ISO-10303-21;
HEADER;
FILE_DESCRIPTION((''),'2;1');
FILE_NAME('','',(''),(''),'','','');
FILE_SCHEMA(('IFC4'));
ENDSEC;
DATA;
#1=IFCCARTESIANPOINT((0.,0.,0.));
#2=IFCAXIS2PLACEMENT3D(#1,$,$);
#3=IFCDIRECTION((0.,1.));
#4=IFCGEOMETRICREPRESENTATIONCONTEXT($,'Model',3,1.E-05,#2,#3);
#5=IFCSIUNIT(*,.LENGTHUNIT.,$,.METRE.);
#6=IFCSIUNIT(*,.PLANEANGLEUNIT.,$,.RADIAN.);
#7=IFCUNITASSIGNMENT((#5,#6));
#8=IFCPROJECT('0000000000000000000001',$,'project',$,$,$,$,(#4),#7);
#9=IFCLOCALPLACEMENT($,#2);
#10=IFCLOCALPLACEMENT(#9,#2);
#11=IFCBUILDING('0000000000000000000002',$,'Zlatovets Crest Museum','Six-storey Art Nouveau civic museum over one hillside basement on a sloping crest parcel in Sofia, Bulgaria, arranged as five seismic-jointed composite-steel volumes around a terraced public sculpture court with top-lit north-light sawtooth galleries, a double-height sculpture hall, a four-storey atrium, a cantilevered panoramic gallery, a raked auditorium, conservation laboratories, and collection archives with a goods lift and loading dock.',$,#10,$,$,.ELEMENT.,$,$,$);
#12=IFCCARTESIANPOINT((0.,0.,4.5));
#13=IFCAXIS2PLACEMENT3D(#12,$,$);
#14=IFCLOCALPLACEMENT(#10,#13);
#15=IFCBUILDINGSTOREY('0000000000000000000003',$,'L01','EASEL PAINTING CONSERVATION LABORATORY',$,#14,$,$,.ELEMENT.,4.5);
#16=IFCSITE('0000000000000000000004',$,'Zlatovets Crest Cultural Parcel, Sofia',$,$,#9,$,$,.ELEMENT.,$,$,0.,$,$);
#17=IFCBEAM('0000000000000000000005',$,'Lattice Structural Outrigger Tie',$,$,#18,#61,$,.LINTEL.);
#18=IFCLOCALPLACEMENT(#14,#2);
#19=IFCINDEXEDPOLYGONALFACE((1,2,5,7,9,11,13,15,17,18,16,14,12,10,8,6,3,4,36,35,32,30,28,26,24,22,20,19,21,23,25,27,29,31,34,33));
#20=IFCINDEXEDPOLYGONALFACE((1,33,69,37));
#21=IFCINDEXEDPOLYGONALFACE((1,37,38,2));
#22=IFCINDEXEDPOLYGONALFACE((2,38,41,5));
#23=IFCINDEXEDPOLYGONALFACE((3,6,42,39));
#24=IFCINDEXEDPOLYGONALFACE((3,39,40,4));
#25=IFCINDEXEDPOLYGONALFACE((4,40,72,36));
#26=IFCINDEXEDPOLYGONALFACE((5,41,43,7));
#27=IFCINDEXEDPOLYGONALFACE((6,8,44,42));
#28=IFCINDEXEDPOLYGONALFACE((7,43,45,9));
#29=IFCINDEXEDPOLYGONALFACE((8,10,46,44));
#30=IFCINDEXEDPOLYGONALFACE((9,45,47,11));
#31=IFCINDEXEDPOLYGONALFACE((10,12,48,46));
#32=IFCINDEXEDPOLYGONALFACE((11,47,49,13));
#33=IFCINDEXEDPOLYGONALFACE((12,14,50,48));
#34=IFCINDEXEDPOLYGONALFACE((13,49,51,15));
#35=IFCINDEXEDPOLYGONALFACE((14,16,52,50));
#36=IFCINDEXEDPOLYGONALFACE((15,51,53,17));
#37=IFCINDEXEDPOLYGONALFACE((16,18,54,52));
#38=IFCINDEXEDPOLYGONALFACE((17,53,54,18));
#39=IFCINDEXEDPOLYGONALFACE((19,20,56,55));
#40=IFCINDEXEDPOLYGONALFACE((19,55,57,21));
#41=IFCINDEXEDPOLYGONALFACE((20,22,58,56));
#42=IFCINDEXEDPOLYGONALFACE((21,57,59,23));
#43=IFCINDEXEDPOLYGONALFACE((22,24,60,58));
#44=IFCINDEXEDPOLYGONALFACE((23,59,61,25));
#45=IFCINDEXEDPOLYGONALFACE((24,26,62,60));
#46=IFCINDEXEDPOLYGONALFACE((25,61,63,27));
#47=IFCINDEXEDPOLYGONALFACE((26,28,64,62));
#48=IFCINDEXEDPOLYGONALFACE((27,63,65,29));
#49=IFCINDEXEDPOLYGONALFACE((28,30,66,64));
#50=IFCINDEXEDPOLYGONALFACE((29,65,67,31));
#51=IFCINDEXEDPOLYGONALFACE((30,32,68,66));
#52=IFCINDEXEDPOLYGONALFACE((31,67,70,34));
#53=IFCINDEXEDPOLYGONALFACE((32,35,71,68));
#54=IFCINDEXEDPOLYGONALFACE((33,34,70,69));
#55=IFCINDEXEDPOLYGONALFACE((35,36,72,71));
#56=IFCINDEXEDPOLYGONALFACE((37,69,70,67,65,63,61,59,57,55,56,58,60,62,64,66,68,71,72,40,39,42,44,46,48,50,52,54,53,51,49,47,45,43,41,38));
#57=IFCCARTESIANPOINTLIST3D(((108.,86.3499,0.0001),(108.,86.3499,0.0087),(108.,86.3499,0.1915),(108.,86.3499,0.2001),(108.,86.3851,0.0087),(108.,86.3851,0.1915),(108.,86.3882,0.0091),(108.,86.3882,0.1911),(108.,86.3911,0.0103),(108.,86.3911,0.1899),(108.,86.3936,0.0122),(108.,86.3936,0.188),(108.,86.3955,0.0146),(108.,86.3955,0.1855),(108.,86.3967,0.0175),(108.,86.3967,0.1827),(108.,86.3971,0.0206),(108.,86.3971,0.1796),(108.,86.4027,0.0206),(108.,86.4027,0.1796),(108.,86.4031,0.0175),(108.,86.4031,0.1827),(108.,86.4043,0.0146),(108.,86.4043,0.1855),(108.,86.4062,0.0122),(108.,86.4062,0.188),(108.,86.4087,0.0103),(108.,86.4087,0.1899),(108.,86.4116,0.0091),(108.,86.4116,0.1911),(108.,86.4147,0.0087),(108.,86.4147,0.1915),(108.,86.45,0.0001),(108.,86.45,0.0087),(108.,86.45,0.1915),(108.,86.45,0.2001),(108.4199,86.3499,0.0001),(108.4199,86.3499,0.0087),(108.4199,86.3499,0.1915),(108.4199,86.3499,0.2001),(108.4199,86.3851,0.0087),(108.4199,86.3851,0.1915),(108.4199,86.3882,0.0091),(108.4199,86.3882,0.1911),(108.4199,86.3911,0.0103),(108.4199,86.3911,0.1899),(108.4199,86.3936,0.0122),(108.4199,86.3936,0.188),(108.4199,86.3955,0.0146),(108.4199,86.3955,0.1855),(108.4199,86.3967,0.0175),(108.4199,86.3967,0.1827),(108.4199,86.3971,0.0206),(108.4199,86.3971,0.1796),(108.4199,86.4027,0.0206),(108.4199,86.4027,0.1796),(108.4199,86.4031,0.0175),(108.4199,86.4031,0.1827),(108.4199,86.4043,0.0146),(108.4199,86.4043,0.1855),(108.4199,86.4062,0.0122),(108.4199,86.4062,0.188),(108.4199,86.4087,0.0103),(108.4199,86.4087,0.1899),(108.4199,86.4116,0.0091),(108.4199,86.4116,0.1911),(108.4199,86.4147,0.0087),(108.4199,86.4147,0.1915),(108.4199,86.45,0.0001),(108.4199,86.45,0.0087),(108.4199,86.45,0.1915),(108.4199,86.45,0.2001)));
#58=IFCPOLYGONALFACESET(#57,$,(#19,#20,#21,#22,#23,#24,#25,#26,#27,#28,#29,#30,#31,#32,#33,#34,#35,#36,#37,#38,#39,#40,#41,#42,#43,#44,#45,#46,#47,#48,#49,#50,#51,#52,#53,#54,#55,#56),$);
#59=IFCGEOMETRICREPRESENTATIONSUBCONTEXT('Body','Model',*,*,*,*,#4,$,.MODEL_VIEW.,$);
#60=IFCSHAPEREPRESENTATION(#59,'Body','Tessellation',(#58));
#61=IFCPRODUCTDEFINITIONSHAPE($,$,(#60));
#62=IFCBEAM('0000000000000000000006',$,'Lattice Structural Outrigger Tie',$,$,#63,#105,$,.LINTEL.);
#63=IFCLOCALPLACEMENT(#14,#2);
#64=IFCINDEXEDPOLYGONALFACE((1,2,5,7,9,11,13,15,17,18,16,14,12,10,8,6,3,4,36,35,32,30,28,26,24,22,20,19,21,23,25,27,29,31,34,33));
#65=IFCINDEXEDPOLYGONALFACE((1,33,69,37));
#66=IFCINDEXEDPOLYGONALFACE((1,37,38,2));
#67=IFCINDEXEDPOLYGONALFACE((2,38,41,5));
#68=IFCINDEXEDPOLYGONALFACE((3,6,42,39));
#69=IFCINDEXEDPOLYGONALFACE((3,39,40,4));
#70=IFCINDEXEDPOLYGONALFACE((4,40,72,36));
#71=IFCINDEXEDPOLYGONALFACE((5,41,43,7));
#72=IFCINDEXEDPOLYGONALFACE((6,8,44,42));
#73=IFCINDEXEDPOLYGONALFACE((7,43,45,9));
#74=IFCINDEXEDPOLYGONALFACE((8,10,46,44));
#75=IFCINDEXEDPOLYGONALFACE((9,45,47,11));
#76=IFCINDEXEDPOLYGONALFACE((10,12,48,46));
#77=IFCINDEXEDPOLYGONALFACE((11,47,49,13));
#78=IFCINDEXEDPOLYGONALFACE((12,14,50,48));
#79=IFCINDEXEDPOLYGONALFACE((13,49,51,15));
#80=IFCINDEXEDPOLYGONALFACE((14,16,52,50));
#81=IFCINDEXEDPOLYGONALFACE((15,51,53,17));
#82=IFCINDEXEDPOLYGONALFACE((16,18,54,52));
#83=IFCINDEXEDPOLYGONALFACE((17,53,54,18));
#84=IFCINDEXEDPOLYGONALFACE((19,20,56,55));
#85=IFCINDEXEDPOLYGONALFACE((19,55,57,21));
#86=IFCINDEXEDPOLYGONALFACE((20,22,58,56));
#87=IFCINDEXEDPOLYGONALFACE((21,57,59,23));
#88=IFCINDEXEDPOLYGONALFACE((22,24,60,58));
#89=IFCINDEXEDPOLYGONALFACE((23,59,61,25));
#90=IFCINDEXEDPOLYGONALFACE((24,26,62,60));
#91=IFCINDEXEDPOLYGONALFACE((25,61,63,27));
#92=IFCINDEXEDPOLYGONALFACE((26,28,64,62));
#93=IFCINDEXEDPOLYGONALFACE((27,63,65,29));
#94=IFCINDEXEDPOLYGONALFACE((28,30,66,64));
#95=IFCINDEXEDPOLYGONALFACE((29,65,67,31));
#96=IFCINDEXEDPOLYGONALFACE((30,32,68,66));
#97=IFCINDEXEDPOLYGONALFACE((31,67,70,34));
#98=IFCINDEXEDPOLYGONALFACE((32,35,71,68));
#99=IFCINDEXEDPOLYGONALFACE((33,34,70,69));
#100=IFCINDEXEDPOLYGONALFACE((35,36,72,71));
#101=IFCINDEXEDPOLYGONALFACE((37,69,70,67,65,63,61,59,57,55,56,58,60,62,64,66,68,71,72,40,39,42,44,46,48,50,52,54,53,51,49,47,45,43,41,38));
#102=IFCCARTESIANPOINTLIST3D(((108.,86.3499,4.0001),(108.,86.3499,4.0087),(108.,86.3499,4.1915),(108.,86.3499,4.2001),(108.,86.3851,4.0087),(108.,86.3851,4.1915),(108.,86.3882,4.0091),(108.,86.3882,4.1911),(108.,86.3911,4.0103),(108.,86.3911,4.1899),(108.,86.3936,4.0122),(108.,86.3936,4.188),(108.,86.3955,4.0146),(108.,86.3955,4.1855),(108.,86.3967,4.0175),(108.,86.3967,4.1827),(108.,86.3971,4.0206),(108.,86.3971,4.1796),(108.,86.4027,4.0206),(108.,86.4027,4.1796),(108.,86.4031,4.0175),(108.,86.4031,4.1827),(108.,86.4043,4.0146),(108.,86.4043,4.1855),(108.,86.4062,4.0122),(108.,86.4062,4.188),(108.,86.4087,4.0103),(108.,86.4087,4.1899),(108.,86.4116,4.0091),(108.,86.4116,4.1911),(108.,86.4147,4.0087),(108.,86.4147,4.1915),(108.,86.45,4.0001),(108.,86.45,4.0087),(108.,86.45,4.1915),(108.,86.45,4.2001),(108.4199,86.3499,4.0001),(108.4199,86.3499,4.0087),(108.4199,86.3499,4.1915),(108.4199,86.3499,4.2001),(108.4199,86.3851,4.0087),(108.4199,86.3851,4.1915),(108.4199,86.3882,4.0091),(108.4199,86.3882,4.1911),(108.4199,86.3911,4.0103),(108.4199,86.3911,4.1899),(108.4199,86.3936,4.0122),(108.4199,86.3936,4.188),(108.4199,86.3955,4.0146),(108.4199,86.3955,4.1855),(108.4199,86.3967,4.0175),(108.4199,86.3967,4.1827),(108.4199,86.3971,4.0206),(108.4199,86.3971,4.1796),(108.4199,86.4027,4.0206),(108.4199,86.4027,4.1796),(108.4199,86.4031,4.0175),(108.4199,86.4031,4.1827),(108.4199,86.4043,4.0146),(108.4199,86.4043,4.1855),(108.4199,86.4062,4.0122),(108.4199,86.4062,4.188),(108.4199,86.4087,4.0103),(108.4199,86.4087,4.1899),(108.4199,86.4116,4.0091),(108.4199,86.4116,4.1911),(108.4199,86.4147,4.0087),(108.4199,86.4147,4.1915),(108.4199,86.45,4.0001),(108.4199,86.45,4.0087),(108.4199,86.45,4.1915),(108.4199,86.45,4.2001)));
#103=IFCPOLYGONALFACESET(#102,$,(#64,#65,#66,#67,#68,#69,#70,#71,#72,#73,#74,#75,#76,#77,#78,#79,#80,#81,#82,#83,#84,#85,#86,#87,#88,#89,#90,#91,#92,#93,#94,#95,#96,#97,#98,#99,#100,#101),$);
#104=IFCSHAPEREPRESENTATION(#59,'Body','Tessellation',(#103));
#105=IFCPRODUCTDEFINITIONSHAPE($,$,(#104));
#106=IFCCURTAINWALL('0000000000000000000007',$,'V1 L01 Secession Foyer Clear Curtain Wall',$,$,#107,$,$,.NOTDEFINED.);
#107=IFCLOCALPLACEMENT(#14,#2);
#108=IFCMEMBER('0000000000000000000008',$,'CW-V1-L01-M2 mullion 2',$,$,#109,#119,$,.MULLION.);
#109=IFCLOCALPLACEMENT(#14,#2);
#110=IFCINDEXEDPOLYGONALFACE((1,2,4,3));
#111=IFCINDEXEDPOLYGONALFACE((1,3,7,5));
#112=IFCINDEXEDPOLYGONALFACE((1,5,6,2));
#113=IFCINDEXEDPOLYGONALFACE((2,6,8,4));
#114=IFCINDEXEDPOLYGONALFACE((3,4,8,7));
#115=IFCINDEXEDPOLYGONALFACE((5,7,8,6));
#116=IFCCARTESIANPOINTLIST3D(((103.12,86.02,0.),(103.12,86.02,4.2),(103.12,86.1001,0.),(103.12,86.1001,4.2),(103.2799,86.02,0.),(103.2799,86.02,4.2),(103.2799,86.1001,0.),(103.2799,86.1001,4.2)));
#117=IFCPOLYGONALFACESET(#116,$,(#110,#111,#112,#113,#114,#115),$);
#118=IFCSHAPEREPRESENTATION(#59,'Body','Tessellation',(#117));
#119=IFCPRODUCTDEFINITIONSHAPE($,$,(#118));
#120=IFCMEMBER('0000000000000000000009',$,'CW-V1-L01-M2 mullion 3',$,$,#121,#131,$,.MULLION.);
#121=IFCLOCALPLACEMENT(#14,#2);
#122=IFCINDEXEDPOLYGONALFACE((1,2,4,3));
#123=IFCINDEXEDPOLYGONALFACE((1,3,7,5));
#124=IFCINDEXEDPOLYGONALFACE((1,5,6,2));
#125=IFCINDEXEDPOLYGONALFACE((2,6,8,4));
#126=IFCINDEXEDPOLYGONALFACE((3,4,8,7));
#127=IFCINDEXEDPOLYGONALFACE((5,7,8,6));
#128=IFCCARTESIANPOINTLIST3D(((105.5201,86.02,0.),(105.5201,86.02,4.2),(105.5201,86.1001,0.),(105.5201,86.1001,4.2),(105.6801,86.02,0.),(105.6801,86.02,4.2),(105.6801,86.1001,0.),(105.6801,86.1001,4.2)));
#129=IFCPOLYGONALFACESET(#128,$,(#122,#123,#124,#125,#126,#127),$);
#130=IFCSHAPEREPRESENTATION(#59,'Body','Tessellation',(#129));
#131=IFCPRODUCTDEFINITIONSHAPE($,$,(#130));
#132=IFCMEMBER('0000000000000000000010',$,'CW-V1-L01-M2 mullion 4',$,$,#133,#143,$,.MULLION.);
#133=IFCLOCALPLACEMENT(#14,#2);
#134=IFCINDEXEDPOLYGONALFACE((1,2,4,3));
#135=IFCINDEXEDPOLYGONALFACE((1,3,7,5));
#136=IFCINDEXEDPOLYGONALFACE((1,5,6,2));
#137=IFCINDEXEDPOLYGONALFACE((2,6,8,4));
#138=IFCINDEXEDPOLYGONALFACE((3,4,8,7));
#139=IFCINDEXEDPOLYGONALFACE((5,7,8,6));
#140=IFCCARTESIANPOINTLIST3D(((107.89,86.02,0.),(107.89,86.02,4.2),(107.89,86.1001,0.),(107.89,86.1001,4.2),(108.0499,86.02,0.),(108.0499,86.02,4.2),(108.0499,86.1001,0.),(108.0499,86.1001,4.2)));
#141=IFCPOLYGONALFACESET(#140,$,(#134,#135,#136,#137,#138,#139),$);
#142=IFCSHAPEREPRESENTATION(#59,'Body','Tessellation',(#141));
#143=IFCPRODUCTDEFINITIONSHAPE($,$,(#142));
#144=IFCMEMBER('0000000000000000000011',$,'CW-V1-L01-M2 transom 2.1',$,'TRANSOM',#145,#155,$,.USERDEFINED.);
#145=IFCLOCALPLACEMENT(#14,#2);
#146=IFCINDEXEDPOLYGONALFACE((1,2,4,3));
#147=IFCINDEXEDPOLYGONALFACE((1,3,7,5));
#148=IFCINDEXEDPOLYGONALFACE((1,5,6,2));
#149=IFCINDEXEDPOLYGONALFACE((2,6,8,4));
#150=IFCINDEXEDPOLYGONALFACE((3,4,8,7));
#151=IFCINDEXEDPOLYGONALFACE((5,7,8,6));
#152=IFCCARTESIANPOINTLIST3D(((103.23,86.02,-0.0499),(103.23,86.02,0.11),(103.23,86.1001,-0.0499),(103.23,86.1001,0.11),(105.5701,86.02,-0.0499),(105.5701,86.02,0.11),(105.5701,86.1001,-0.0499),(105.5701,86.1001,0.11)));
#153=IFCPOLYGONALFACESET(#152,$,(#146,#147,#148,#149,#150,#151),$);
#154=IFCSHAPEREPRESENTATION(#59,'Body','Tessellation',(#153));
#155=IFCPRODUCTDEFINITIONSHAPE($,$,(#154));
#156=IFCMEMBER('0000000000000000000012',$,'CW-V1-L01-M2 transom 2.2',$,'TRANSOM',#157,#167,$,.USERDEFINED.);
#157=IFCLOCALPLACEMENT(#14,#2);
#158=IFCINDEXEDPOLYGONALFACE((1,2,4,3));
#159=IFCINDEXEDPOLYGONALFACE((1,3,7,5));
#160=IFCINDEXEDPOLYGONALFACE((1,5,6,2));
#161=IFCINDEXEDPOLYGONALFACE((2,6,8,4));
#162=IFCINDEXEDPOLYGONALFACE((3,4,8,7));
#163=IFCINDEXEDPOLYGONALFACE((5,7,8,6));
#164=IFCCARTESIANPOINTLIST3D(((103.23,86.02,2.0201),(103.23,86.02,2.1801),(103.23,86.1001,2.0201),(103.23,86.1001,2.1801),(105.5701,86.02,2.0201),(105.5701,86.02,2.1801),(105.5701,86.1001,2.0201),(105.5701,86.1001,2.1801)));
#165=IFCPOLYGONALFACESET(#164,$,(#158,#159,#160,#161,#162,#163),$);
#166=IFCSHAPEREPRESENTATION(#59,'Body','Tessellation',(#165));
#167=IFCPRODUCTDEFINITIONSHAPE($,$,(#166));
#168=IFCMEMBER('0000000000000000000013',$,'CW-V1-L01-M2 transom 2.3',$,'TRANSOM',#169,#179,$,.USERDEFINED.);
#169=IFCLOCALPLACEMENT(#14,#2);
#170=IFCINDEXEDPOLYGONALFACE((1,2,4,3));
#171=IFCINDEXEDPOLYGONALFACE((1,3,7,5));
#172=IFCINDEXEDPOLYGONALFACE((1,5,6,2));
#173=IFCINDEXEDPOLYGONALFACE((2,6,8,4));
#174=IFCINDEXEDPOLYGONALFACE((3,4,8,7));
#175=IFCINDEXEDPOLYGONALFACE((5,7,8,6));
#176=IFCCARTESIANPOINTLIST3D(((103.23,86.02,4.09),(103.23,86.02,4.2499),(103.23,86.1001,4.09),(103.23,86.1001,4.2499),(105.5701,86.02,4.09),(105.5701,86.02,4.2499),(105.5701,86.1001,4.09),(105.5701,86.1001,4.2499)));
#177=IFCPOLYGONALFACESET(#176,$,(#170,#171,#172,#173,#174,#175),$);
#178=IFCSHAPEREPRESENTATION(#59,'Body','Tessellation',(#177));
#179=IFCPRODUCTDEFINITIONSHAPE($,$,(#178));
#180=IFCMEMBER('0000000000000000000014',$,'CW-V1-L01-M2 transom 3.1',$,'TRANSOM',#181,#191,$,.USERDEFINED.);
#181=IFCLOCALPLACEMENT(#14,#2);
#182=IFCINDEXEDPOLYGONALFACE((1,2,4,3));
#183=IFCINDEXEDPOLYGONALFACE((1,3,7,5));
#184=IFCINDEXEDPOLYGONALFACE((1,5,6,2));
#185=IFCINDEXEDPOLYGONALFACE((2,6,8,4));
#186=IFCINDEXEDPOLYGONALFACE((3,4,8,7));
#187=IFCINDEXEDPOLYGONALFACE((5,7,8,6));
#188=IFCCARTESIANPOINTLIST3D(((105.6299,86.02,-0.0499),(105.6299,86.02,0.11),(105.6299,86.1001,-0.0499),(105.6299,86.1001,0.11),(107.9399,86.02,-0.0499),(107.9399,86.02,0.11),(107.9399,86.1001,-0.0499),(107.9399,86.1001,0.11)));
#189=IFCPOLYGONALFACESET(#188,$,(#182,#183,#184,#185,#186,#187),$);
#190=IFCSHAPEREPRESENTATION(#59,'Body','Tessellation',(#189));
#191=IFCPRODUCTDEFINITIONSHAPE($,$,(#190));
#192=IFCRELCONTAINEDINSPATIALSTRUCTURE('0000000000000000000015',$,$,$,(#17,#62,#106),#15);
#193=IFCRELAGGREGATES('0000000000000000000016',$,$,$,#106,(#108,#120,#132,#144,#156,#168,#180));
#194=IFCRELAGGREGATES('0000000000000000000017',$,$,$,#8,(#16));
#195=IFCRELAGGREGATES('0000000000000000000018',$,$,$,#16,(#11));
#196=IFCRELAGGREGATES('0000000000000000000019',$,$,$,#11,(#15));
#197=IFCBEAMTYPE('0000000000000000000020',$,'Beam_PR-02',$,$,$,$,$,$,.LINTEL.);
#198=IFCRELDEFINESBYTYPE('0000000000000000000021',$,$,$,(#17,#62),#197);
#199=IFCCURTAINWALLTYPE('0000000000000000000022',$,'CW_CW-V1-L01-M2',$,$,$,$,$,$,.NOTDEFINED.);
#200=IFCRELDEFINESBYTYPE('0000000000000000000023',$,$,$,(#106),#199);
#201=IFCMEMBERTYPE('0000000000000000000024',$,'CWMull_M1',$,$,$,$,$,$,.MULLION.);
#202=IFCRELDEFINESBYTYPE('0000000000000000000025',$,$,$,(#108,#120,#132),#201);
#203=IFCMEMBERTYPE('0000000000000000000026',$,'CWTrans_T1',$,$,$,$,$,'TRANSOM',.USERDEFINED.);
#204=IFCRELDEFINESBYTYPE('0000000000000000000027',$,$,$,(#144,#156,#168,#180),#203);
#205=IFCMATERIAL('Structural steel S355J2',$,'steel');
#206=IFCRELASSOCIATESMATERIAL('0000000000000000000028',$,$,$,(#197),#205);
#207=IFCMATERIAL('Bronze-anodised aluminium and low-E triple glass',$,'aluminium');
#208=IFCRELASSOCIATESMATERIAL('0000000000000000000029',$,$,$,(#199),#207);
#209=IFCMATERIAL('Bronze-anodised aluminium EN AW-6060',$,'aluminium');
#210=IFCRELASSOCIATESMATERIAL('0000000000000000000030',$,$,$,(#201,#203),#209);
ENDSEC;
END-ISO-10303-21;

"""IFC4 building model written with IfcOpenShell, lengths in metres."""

from ifc_helpers import new_model, si_unit, direction, frame, origin, origin_2d, place, context, subcontext, project, spatial, rectangle, i_section, extrude, material, material_profile, profile_set, type_object, element, aggregate, save


model = new_model("IFC4")

# Units and contexts
model_context = context("Model", 3, precision=1e-05, world=origin(), true_north=direction((0.0, 1.0)))
body_context = subcontext(model_context, "Body", "Model", "MODEL_VIEW")
ifc_project = project(units=[si_unit("LENGTHUNIT", "METRE"), si_unit("PLANEANGLEUNIT", "RADIAN")], contexts=[model_context])

# Site, building, storey
site_placement = place(None, origin())
site = spatial("IfcSite", under=ifc_project, at=site_placement, Name="Zlatovets Crest Cultural Parcel, Sofia", CompositionType="ELEMENT", RefElevation=0.0)
building_placement = place(site_placement, origin())
building = spatial("IfcBuilding", under=site, at=building_placement, Name="Zlatovets Crest Museum", Description="Six-storey Art Nouveau civic museum over one hillside basement on a sloping crest parcel in Sofia, Bulgaria, arranged as five seismic-jointed composite-steel volumes around a terraced public sculpture court with top-lit north-light sawtooth galleries, a double-height sculpture hall, a four-storey atrium, a cantilevered panoramic gallery, a raked auditorium, conservation laboratories, and collection archives with a goods lift and loading dock.", CompositionType="ELEMENT")
storey_placement = place(building_placement, frame((0.0, 0.0, 4.5)))
storey = spatial("IfcBuildingStorey", under=building, at=storey_placement, Name="L01", Description="EASEL PAINTING CONSERVATION LABORATORY", CompositionType="ELEMENT", Elevation=4.5)

# Shared definitions
ifc_material_1 = material(Name="Structural steel S355J2", Category="steel")

# Beams
ifc_material_profile_1 = material_profile(ifc_material_1, i_section(OverallWidth=0.1001, OverallDepth=0.2, WebThickness=0.0056, FlangeThickness=0.0085, FilletRadius=0.012, at=origin_2d()), Name="IPE 200")
ifc_profile_set_1 = profile_set([ifc_material_profile_1], Name="Structural steel S355J2")
beam_type_1 = type_object("IfcBeamType", Name="Beam_PR-02", PredefinedType="LINTEL", material=ifc_profile_set_1)
for number, where, z_axis, x_axis, name in (
    (1, (108.0, 86.3999, 0.1001), (1.0, 0.0, 0.0), (0.0, 1.0, 0.0), "Lattice Structural Outrigger Tie"),
    (2, (108.0, 86.3999, 4.1001), (1.0, 0.0, 0.0), (0.0, 1.0, 0.0), "Lattice Structural Outrigger Tie"),
):
    element("IfcBeam", number, at=place(storey_placement, frame(where, z_axis=z_axis, x_axis=x_axis)), inside=storey, type_object=beam_type_1, Name=name, PredefinedType="LINTEL", context=body_context, shape_type="SweptSolid", body=[
        extrude(i_section(OverallWidth=0.1001, OverallDepth=0.2, WebThickness=0.0056, FlangeThickness=0.0085, FilletRadius=0.012, at=origin_2d()), origin(), (0.0, 0.0, 1.0), 0.4199),
    ])

# Curtain wall, members
ifc_material_2 = material(Name="Bronze-anodised aluminium and low-E triple glass", Category="aluminium")
curtain_wall_type = type_object("IfcCurtainWallType", Name="CW_CW-V1-L01-M2", PredefinedType="NOTDEFINED", material=ifc_material_2)
curtain_wall_placement = place(storey_placement, origin())
curtain_wall = element("IfcCurtainWall", 3, at=curtain_wall_placement, inside=storey, type_object=curtain_wall_type, Name="V1 L01 Secession Foyer Clear Curtain Wall", PredefinedType="NOTDEFINED")
ifc_material_3 = material(Name="Bronze-anodised aluminium EN AW-6060", Category="aluminium")
ifc_material_profile_2 = material_profile(ifc_material_3, rectangle(XDim=0.0801, YDim=0.1599, at=origin_2d()), Name="ALU 80x160")
ifc_profile_set_2 = profile_set([ifc_material_profile_2], Name="Bronze-anodised aluminium EN AW-6060")
member_type_1 = type_object("IfcMemberType", Name="CWMull_M1", PredefinedType="MULLION", material=ifc_profile_set_2)
member_1_placement = place(storey_placement, frame((103.2, 86.0601, 0.0), z_axis=(0.0, 0.0, 1.0), x_axis=(0.0, 1.0, 0.0)))
member_1 = element("IfcMember", 4, at=member_1_placement, type_object=member_type_1, Name="CW-V1-L01-M2 mullion 2", PredefinedType="MULLION", context=body_context, shape_type="SweptSolid", body=[
    extrude(rectangle(XDim=0.0801, YDim=0.1599, at=origin_2d()), origin(), (0.0, 0.0, 1.0), 4.2),
])
member_2_placement = place(storey_placement, frame((105.6001, 86.0601, 0.0), z_axis=(0.0, 0.0, 1.0), x_axis=(0.0, 1.0, 0.0)))
member_2 = element("IfcMember", 5, at=member_2_placement, type_object=member_type_1, Name="CW-V1-L01-M2 mullion 3", PredefinedType="MULLION", context=body_context, shape_type="SweptSolid", body=[
    extrude(rectangle(XDim=0.0801, YDim=0.1599, at=origin_2d()), origin(), (0.0, 0.0, 1.0), 4.2),
])
member_3_placement = place(storey_placement, frame((107.97, 86.0601, 0.0), z_axis=(0.0, 0.0, 1.0), x_axis=(0.0, 1.0, 0.0)))
member_3 = element("IfcMember", 6, at=member_3_placement, type_object=member_type_1, Name="CW-V1-L01-M2 mullion 4", PredefinedType="MULLION", context=body_context, shape_type="SweptSolid", body=[
    extrude(rectangle(XDim=0.0801, YDim=0.1599, at=origin_2d()), origin(), (0.0, 0.0, 1.0), 4.2),
])
ifc_material_profile_3 = material_profile(ifc_material_3, rectangle(XDim=0.0801, YDim=0.1599, at=origin_2d()), Name="ALU 80x160")
ifc_profile_set_3 = profile_set([ifc_material_profile_3], Name="Bronze-anodised aluminium EN AW-6060")
member_type_2 = type_object("IfcMemberType", Name="CWTrans_T1", ElementType="TRANSOM", PredefinedType="USERDEFINED", material=ifc_profile_set_3)
member_4_placement = place(storey_placement, frame((103.23, 86.0601, 0.03), z_axis=(1.0, 0.0, 0.0), x_axis=(0.0, 1.0, 0.0)))
member_4 = element("IfcMember", 7, at=member_4_placement, type_object=member_type_2, Name="CW-V1-L01-M2 transom 2.1", ObjectType="TRANSOM", PredefinedType="USERDEFINED", context=body_context, shape_type="SweptSolid", body=[
    extrude(rectangle(XDim=0.0801, YDim=0.1599, at=origin_2d()), origin(), (0.0, 0.0, 1.0), 2.3401),
])
member_5_placement = place(storey_placement, frame((103.23, 86.0601, 2.1001), z_axis=(1.0, 0.0, 0.0), x_axis=(0.0, 1.0, 0.0)))
member_5 = element("IfcMember", 8, at=member_5_placement, type_object=member_type_2, Name="CW-V1-L01-M2 transom 2.2", ObjectType="TRANSOM", PredefinedType="USERDEFINED", context=body_context, shape_type="SweptSolid", body=[
    extrude(rectangle(XDim=0.0801, YDim=0.1599, at=origin_2d()), origin(), (0.0, 0.0, 1.0), 2.3401),
])
member_6_placement = place(storey_placement, frame((103.23, 86.0601, 4.1699), z_axis=(1.0, 0.0, 0.0), x_axis=(0.0, 1.0, 0.0)))
member_6 = element("IfcMember", 9, at=member_6_placement, type_object=member_type_2, Name="CW-V1-L01-M2 transom 2.3", ObjectType="TRANSOM", PredefinedType="USERDEFINED", context=body_context, shape_type="SweptSolid", body=[
    extrude(rectangle(XDim=0.0801, YDim=0.1599, at=origin_2d()), origin(), (0.0, 0.0, 1.0), 2.3401),
])
member_7_placement = place(storey_placement, frame((105.6299, 86.0601, 0.03), z_axis=(1.0, 0.0, 0.0), x_axis=(0.0, 1.0, 0.0)))
member_7 = element("IfcMember", 10, at=member_7_placement, type_object=member_type_2, Name="CW-V1-L01-M2 transom 3.1", ObjectType="TRANSOM", PredefinedType="USERDEFINED", context=body_context, shape_type="SweptSolid", body=[
    extrude(rectangle(XDim=0.0801, YDim=0.1599, at=origin_2d()), origin(), (0.0, 0.0, 1.0), 2.3101),
])

aggregate(curtain_wall, [member_1, member_2, member_3, member_4, member_5, member_6, member_7])

save(model, "model.ifc")
